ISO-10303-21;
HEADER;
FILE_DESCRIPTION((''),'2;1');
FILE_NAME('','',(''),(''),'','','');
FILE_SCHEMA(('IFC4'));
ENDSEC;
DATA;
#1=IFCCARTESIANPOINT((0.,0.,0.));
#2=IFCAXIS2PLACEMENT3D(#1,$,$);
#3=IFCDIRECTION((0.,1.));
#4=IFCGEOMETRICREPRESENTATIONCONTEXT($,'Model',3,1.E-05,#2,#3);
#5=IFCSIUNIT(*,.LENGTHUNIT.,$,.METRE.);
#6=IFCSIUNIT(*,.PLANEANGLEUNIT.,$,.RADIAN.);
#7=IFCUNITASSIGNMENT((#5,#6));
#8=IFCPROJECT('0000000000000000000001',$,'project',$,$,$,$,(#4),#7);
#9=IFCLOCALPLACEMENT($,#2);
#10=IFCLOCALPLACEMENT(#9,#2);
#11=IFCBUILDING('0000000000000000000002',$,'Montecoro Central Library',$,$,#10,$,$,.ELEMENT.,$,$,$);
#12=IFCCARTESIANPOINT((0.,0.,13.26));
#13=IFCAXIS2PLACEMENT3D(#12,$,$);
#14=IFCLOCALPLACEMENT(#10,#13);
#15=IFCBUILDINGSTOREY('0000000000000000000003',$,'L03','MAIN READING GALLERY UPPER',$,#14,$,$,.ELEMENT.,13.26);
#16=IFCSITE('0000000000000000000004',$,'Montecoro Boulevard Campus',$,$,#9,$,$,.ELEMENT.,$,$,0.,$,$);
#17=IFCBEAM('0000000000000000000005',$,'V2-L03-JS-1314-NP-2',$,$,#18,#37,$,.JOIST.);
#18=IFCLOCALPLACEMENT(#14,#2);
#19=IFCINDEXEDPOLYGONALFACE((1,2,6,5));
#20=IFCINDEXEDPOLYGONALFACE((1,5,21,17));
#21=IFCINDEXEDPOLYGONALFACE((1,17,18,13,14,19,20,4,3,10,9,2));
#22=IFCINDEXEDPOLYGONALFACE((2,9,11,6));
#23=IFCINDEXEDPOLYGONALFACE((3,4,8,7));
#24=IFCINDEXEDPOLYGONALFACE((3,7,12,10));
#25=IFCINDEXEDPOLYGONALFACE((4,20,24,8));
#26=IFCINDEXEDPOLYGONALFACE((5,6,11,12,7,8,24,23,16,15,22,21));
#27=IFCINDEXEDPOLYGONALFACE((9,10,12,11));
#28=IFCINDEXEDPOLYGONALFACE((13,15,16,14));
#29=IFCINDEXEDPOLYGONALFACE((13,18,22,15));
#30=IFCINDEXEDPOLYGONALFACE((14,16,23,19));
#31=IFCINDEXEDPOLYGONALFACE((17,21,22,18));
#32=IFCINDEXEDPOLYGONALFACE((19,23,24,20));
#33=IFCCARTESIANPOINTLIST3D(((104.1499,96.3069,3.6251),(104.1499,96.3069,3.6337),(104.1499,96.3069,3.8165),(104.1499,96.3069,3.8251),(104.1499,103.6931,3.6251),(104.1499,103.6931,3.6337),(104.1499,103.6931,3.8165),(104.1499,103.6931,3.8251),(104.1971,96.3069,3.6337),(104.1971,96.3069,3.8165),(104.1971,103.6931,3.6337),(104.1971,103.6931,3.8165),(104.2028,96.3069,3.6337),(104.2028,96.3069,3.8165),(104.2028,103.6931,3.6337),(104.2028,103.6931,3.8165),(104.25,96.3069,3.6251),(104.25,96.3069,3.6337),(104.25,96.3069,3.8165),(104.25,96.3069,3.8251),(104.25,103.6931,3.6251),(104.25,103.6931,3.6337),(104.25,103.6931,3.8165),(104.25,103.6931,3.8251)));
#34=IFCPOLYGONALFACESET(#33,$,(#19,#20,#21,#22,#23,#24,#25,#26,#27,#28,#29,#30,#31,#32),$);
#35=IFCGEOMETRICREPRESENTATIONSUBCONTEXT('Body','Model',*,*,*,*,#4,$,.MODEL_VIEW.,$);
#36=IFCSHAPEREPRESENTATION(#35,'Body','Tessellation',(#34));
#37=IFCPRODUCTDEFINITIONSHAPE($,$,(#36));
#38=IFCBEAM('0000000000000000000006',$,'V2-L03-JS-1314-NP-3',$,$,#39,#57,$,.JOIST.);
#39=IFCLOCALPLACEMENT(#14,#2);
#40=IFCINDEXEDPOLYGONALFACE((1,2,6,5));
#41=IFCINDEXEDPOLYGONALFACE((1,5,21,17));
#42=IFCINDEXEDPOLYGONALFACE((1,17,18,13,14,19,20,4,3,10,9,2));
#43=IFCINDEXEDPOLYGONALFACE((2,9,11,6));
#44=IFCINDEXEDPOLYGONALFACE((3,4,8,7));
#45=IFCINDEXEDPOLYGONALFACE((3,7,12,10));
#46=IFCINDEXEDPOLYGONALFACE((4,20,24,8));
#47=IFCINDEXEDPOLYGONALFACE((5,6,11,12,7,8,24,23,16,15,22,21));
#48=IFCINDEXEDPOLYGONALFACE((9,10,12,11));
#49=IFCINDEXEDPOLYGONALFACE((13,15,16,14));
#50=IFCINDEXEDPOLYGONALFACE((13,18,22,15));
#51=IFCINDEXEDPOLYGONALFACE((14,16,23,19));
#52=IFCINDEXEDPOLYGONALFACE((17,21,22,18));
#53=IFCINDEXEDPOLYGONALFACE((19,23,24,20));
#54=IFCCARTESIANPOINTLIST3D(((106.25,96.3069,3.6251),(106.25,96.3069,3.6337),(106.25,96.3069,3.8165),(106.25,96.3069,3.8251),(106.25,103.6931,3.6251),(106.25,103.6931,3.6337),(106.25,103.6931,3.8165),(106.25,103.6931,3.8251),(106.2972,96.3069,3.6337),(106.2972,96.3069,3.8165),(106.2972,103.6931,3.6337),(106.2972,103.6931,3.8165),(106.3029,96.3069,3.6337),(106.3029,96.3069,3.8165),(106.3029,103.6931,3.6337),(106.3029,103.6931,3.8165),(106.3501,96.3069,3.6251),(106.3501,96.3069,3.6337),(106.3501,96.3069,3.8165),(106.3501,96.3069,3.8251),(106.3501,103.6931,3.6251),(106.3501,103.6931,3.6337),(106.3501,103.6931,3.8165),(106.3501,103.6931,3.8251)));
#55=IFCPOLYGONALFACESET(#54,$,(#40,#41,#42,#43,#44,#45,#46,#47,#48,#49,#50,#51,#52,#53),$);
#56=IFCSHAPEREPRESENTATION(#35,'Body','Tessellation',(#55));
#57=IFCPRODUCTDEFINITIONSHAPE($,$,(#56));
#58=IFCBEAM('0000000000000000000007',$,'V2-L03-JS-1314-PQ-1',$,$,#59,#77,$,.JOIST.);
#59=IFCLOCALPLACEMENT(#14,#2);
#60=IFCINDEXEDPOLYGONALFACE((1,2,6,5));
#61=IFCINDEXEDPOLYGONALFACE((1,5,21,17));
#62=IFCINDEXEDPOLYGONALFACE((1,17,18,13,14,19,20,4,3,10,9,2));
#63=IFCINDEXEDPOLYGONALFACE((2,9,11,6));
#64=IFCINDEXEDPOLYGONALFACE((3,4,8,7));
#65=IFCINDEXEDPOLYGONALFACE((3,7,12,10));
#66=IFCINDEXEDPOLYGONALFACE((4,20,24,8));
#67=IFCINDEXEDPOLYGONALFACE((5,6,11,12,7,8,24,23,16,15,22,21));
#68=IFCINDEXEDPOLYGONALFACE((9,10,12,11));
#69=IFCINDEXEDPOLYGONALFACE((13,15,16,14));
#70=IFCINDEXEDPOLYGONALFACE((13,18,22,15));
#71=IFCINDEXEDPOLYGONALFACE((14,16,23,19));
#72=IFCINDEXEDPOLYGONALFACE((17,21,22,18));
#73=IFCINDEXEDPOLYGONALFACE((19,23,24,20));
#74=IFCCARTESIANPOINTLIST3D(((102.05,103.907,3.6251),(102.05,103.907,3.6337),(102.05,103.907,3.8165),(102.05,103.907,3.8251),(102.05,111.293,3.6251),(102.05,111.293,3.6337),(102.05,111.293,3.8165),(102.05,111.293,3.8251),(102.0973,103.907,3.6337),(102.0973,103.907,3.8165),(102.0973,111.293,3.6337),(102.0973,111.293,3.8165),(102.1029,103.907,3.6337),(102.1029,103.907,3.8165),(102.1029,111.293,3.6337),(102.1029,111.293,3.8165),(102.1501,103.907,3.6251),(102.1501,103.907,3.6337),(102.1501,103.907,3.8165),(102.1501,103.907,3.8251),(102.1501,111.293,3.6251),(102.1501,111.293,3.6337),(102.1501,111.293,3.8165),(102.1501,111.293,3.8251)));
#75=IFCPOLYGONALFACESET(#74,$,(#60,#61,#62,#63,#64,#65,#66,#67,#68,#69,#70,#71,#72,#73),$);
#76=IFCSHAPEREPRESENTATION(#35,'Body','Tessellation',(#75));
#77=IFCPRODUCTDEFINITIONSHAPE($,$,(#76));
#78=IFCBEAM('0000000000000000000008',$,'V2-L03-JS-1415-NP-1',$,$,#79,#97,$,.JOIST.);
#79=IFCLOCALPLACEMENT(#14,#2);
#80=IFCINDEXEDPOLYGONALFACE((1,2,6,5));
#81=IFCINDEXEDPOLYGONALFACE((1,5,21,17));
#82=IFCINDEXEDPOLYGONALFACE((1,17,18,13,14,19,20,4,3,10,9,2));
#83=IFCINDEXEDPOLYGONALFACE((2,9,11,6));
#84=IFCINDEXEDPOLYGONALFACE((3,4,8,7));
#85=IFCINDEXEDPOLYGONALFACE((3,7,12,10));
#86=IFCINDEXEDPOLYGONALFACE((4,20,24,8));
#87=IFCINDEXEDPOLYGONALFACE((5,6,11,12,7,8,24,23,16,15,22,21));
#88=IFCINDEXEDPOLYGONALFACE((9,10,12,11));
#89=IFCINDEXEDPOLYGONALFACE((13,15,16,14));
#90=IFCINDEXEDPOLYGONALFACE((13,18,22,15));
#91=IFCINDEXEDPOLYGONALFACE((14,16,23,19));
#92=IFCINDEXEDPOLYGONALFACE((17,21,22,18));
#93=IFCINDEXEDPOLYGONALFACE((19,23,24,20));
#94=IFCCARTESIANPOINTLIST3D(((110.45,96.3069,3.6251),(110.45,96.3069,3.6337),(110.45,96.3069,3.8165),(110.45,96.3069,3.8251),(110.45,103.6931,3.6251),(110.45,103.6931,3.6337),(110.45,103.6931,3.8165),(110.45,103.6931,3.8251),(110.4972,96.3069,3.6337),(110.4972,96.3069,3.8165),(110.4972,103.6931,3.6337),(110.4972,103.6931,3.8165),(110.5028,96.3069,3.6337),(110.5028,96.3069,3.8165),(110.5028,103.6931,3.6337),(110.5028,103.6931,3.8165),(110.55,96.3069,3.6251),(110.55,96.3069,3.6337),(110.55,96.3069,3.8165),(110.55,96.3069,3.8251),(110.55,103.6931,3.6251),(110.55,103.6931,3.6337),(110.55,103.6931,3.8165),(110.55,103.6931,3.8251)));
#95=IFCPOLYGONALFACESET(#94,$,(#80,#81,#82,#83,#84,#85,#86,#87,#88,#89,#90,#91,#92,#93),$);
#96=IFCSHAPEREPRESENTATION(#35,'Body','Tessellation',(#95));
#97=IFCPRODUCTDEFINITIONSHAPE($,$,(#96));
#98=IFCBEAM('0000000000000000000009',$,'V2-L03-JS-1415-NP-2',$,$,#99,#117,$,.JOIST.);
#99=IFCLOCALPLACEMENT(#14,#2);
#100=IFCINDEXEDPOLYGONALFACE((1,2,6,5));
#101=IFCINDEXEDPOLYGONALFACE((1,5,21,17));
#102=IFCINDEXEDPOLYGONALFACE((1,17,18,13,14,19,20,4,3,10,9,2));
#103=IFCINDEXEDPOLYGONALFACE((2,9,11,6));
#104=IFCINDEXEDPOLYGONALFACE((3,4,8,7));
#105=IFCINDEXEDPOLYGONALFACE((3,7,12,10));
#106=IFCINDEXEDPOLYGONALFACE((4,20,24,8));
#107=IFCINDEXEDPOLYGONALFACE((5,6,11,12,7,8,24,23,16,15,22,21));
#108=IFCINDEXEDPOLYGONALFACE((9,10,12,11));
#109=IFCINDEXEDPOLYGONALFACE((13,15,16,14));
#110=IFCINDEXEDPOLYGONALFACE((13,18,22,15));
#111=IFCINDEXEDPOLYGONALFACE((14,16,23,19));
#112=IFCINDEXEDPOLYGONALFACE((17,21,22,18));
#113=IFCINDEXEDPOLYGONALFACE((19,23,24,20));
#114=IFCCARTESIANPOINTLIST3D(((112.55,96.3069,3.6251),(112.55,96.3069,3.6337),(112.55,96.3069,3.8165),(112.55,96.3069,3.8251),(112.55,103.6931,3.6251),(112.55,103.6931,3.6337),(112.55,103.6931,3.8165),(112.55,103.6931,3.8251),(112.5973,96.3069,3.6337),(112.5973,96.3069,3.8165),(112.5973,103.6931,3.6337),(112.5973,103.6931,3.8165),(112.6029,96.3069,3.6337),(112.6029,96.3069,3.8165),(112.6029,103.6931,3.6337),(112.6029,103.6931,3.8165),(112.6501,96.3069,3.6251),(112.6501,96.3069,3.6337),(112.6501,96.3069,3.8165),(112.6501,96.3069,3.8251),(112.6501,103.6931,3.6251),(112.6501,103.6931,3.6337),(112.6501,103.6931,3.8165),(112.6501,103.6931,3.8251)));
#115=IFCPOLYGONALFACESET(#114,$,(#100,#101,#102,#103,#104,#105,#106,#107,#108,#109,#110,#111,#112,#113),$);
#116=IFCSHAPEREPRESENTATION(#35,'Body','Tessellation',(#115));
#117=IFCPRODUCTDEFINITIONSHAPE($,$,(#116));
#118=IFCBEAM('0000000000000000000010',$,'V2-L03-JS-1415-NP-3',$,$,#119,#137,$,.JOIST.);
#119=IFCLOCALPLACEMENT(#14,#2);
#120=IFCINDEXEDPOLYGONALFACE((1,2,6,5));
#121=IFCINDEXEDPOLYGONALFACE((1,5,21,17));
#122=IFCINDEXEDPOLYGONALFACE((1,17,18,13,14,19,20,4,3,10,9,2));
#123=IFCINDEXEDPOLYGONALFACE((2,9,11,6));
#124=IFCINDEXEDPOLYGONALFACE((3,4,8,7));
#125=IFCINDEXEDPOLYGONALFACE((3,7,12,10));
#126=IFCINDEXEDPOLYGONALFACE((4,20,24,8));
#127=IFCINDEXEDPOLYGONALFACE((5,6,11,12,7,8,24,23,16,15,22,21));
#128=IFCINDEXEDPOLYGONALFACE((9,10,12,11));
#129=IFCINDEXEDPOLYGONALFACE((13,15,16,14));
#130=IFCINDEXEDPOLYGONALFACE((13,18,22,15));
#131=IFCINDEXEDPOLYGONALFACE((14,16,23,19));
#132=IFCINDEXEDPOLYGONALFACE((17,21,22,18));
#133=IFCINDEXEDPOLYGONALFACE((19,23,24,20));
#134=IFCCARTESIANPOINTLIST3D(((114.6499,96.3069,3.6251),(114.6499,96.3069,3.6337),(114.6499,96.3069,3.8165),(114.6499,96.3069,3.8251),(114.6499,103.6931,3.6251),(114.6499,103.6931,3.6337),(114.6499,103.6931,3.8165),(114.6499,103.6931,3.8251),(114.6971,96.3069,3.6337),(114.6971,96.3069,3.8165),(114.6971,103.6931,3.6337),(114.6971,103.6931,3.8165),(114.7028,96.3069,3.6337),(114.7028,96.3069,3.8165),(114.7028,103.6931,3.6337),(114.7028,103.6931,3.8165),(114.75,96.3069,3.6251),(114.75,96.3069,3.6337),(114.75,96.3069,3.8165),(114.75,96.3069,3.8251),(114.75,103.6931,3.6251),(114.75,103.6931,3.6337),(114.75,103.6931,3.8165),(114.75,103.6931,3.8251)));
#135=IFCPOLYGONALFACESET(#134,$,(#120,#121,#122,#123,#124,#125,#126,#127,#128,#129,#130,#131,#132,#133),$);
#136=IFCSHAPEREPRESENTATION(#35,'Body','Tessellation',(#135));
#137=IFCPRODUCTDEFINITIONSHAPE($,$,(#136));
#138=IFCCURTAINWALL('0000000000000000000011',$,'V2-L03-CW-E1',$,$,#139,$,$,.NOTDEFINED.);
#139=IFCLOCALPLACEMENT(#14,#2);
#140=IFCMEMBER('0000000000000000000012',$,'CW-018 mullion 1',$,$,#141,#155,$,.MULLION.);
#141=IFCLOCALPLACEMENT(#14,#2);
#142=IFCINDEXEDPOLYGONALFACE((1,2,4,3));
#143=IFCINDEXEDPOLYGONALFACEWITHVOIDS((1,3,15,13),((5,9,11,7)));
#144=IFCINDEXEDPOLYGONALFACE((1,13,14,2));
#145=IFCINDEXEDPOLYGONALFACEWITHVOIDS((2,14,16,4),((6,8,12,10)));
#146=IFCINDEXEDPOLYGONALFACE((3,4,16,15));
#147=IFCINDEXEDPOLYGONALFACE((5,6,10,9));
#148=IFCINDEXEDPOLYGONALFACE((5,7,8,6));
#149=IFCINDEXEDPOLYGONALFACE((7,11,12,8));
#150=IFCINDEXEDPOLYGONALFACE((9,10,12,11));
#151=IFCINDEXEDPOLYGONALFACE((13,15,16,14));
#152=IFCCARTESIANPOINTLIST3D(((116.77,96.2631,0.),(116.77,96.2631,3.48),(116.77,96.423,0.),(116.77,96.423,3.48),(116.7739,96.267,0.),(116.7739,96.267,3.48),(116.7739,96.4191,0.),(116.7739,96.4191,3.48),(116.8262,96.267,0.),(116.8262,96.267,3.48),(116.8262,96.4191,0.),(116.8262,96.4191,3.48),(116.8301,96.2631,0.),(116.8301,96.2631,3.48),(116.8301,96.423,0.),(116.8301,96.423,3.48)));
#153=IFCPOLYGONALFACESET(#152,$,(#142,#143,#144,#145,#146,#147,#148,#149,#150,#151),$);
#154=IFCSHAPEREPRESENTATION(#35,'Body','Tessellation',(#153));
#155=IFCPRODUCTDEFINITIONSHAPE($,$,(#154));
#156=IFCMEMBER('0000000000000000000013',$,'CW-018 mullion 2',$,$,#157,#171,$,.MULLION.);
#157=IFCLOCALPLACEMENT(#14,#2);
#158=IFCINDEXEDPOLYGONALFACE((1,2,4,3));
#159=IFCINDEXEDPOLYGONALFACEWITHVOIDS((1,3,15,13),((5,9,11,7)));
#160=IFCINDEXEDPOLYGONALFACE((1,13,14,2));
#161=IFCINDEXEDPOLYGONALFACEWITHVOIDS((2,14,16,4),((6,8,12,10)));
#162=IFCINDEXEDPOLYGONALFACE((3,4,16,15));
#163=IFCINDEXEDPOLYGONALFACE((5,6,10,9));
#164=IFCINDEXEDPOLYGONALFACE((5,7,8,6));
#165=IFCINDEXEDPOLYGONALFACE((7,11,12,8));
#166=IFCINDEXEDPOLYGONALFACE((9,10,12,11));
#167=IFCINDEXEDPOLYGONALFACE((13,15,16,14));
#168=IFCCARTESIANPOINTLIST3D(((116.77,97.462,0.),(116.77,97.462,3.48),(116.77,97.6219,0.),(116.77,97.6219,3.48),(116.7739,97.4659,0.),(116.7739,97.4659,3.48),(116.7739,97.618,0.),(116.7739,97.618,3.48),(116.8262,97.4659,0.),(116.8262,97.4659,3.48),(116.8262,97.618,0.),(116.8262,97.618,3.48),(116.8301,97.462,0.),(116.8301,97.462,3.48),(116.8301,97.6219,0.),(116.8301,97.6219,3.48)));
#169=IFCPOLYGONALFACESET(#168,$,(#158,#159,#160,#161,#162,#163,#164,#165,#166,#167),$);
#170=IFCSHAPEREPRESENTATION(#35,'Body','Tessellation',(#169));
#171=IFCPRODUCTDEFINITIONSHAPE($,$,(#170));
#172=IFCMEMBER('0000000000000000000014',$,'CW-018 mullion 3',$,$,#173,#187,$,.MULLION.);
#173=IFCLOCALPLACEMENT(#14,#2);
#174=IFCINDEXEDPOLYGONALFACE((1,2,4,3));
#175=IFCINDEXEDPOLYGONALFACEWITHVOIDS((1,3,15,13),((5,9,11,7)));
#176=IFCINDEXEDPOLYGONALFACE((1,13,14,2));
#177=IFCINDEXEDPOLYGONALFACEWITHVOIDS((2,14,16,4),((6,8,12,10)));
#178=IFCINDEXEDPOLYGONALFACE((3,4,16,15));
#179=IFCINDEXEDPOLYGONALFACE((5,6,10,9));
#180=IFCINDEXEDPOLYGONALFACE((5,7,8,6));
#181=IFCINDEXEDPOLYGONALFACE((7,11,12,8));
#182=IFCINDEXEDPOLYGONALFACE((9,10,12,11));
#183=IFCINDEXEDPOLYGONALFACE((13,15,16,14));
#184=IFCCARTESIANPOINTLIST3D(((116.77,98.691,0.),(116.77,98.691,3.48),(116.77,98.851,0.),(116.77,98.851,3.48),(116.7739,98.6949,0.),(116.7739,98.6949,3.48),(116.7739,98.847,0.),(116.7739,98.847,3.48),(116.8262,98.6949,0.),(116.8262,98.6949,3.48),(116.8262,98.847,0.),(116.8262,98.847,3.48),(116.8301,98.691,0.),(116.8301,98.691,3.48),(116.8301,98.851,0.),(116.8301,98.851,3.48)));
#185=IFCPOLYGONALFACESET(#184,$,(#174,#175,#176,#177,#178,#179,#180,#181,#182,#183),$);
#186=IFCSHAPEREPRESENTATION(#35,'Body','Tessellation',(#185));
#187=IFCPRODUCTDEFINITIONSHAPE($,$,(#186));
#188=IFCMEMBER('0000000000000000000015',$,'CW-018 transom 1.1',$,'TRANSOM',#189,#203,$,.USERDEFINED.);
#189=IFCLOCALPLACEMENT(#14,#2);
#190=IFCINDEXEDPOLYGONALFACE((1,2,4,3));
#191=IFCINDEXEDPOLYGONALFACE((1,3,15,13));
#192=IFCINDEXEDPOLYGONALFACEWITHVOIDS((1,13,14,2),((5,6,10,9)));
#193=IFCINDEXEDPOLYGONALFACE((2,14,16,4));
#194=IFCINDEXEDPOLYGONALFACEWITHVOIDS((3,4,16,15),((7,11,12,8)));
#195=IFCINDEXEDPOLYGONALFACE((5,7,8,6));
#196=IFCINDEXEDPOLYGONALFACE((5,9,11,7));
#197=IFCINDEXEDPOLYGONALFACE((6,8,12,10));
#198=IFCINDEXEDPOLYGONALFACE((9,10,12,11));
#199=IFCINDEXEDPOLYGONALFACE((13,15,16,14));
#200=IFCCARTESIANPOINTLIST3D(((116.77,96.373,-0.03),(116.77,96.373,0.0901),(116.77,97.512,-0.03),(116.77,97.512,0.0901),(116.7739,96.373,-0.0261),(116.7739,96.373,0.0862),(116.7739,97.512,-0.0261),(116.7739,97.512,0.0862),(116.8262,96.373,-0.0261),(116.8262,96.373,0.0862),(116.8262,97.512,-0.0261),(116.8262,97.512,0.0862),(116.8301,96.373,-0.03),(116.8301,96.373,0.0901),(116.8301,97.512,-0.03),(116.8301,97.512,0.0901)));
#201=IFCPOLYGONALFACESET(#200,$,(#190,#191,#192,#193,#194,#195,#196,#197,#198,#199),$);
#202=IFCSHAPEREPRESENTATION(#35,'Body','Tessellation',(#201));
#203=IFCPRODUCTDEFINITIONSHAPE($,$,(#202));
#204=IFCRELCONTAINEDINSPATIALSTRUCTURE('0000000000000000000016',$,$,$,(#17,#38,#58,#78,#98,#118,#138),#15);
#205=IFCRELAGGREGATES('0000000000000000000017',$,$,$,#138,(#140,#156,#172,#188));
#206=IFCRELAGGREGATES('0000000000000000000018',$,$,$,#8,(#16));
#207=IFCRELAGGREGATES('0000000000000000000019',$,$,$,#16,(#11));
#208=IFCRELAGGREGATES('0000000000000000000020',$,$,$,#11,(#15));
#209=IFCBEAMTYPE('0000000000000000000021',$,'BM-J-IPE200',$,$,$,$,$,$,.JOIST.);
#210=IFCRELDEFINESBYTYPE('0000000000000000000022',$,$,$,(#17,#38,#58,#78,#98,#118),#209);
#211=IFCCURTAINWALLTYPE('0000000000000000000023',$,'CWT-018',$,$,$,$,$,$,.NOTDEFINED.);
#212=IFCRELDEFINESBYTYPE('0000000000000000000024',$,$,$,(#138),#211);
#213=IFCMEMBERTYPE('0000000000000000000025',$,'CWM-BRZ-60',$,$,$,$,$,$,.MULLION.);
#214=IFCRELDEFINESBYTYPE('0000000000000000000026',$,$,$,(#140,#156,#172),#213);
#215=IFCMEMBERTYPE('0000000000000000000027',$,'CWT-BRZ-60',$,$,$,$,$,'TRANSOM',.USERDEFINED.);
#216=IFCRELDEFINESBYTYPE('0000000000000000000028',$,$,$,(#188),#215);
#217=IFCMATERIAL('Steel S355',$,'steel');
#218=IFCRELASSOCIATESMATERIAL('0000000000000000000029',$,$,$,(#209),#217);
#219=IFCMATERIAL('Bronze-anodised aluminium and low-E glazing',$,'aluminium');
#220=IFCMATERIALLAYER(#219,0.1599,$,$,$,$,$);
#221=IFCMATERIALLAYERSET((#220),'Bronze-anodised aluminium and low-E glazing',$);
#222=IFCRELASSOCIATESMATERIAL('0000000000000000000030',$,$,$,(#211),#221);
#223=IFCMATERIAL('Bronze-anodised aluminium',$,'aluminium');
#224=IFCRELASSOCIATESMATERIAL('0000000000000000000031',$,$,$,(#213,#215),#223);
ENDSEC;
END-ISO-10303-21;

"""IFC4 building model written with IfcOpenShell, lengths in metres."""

from ifc_helpers import new_model, si_unit, direction, frame, origin, origin_2d, place, context, subcontext, project, spatial, hollow_rectangle, i_section, extrude, material, layer, layer_set, material_profile, profile_set, type_object, element, aggregate, save


model = new_model("IFC4")

# Units and contexts
model_context = context("Model", 3, precision=1e-05, world=origin(), true_north=direction((0.0, 1.0)))
body_context = subcontext(model_context, "Body", "Model", "MODEL_VIEW")
ifc_project = project(units=[si_unit("LENGTHUNIT", "METRE"), si_unit("PLANEANGLEUNIT", "RADIAN")], contexts=[model_context])

# Site, building, storey
site_placement = place(None, origin())
site = spatial("IfcSite", under=ifc_project, at=site_placement, Name="Montecoro Boulevard Campus", CompositionType="ELEMENT", RefElevation=0.0)
building_placement = place(site_placement, origin())
building = spatial("IfcBuilding", under=site, at=building_placement, Name="Montecoro Central Library", CompositionType="ELEMENT")
storey_placement = place(building_placement, frame((0.0, 0.0, 13.26)))
storey = spatial("IfcBuildingStorey", under=building, at=storey_placement, Name="L03", Description="MAIN READING GALLERY UPPER", CompositionType="ELEMENT", Elevation=13.26)

# Shared definitions
ifc_material_1 = material(Name="Steel S355", Category="steel")

# Beams
ifc_material_profile_1 = material_profile(ifc_material_1, i_section(OverallWidth=0.1001, OverallDepth=0.2, WebThickness=0.0056, FlangeThickness=0.0085, at=origin_2d()), Name="IPE 200")
ifc_profile_set_1 = profile_set([ifc_material_profile_1], Name="Steel S355")
beam_type_1 = type_object("IfcBeamType", Name="BM-J-IPE200", PredefinedType="JOIST", material=ifc_profile_set_1)
for number, where, z_axis, x_axis, name in (
    (1, (104.2, 96.3069, 3.7251), (0.0, 1.0, 0.0), (-1.0, 0.0, 0.0), "V2-L03-JS-1314-NP-2"),
    (2, (106.3, 96.3069, 3.7251), (0.0, 1.0, 0.0), (-1.0, 0.0, 0.0), "V2-L03-JS-1314-NP-3"),
):
    element("IfcBeam", number, at=place(storey_placement, frame(where, z_axis=z_axis, x_axis=x_axis)), inside=storey, type_object=beam_type_1, Name=name, PredefinedType="JOIST", context=body_context, shape_type="SweptSolid", body=[
        extrude(i_section(OverallWidth=0.1001, OverallDepth=0.2, WebThickness=0.0056, FlangeThickness=0.0085, at=origin_2d()), origin(), (0.0, 0.0, 1.0), 7.3862),
    ])
beam_1_placement = place(storey_placement, frame((102.1001, 103.907, 3.7251), z_axis=(0.0, 1.0, 0.0), x_axis=(-1.0, 0.0, 0.0)))
element("IfcBeam", 3, at=beam_1_placement, inside=storey, type_object=beam_type_1, Name="V2-L03-JS-1314-PQ-1", PredefinedType="JOIST", context=body_context, shape_type="SweptSolid", body=[
    extrude(i_section(OverallWidth=0.1001, OverallDepth=0.2, WebThickness=0.0056, FlangeThickness=0.0085, at=origin_2d()), origin(), (0.0, 0.0, 1.0), 7.386),
])
for number, where, z_axis, x_axis, name in (
    (4, (110.5, 96.3069, 3.7251), (0.0, 1.0, 0.0), (-1.0, 0.0, 0.0), "V2-L03-JS-1415-NP-1"),
    (5, (112.6001, 96.3069, 3.7251), (0.0, 1.0, 0.0), (-1.0, 0.0, 0.0), "V2-L03-JS-1415-NP-2"),
    (6, (114.7, 96.3069, 3.7251), (0.0, 1.0, 0.0), (-1.0, 0.0, 0.0), "V2-L03-JS-1415-NP-3"),
):
    element("IfcBeam", number, at=place(storey_placement, frame(where, z_axis=z_axis, x_axis=x_axis)), inside=storey, type_object=beam_type_1, Name=name, PredefinedType="JOIST", context=body_context, shape_type="SweptSolid", body=[
        extrude(i_section(OverallWidth=0.1001, OverallDepth=0.2, WebThickness=0.0056, FlangeThickness=0.0085, at=origin_2d()), origin(), (0.0, 0.0, 1.0), 7.3862),
    ])

# Curtain wall, members
ifc_material_2 = material(Name="Bronze-anodised aluminium and low-E glazing", Category="aluminium")
ifc_layer_1 = layer(ifc_material_2, 0.1599)
ifc_layer_set_1 = layer_set([ifc_layer_1], Name="Bronze-anodised aluminium and low-E glazing")
curtain_wall_type = type_object("IfcCurtainWallType", Name="CWT-018", PredefinedType="NOTDEFINED", material=ifc_layer_set_1)
curtain_wall_placement = place(storey_placement, origin())
curtain_wall = element("IfcCurtainWall", 7, at=curtain_wall_placement, inside=storey, type_object=curtain_wall_type, Name="V2-L03-CW-E1", PredefinedType="NOTDEFINED")
ifc_material_3 = material(Name="Bronze-anodised aluminium", Category="aluminium")
ifc_material_profile_2 = material_profile(ifc_material_3, hollow_rectangle(XDim=0.0601, YDim=0.1599, WallThickness=0.0039, at=origin_2d()), Name="CWM 160x60x4.0")
ifc_profile_set_2 = profile_set([ifc_material_profile_2], Name="Bronze-anodised aluminium")
member_type_1 = type_object("IfcMemberType", Name="CWM-BRZ-60", PredefinedType="MULLION", material=ifc_profile_set_2)
member_1_placement = place(storey_placement, frame((116.8, 96.343, 0.0), z_axis=(0.0, 0.0, 1.0), x_axis=(-1.0, 0.0, 0.0)))
member_1 = element("IfcMember", 8, at=member_1_placement, type_object=member_type_1, Name="CW-018 mullion 1", PredefinedType="MULLION", context=body_context, shape_type="SweptSolid", body=[
    extrude(hollow_rectangle(XDim=0.0601, YDim=0.1599, WallThickness=0.0039, at=origin_2d()), origin(), (0.0, 0.0, 1.0), 3.48),
])
member_2_placement = place(storey_placement, frame((116.8, 97.542, 0.0), z_axis=(0.0, 0.0, 1.0), x_axis=(-1.0, 0.0, 0.0)))
member_2 = element("IfcMember", 9, at=member_2_placement, type_object=member_type_1, Name="CW-018 mullion 2", PredefinedType="MULLION", context=body_context, shape_type="SweptSolid", body=[
    extrude(hollow_rectangle(XDim=0.0601, YDim=0.1599, WallThickness=0.0039, at=origin_2d()), origin(), (0.0, 0.0, 1.0), 3.48),
])
member_3_placement = place(storey_placement, frame((116.8, 98.771, 0.0), z_axis=(0.0, 0.0, 1.0), x_axis=(-1.0, 0.0, 0.0)))
member_3 = element("IfcMember", 10, at=member_3_placement, type_object=member_type_1, Name="CW-018 mullion 3", PredefinedType="MULLION", context=body_context, shape_type="SweptSolid", body=[
    extrude(hollow_rectangle(XDim=0.0601, YDim=0.1599, WallThickness=0.0039, at=origin_2d()), origin(), (0.0, 0.0, 1.0), 3.48),
])
ifc_material_profile_3 = material_profile(ifc_material_3, hollow_rectangle(XDim=0.0601, YDim=0.1201, WallThickness=0.0039, at=origin_2d()), Name="CWT 120x60x4.0")
ifc_profile_set_3 = profile_set([ifc_material_profile_3], Name="Bronze-anodised aluminium")
member_type_2 = type_object("IfcMemberType", Name="CWT-BRZ-60", ElementType="TRANSOM", PredefinedType="USERDEFINED", material=ifc_profile_set_3)
member_4_placement = place(storey_placement, frame((116.8, 96.373, 0.03), z_axis=(0.0, 1.0, 0.0), x_axis=(-1.0, 0.0, 0.0)))
member_4 = element("IfcMember", 11, at=member_4_placement, type_object=member_type_2, Name="CW-018 transom 1.1", ObjectType="TRANSOM", PredefinedType="USERDEFINED", context=body_context, shape_type="SweptSolid", body=[
    extrude(hollow_rectangle(XDim=0.0601, YDim=0.1201, WallThickness=0.0039, at=origin_2d()), origin(), (0.0, 0.0, 1.0), 1.1389),
])
aggregate(curtain_wall, [member_1, member_2, member_3, member_4])

save(model, "model.ifc")
